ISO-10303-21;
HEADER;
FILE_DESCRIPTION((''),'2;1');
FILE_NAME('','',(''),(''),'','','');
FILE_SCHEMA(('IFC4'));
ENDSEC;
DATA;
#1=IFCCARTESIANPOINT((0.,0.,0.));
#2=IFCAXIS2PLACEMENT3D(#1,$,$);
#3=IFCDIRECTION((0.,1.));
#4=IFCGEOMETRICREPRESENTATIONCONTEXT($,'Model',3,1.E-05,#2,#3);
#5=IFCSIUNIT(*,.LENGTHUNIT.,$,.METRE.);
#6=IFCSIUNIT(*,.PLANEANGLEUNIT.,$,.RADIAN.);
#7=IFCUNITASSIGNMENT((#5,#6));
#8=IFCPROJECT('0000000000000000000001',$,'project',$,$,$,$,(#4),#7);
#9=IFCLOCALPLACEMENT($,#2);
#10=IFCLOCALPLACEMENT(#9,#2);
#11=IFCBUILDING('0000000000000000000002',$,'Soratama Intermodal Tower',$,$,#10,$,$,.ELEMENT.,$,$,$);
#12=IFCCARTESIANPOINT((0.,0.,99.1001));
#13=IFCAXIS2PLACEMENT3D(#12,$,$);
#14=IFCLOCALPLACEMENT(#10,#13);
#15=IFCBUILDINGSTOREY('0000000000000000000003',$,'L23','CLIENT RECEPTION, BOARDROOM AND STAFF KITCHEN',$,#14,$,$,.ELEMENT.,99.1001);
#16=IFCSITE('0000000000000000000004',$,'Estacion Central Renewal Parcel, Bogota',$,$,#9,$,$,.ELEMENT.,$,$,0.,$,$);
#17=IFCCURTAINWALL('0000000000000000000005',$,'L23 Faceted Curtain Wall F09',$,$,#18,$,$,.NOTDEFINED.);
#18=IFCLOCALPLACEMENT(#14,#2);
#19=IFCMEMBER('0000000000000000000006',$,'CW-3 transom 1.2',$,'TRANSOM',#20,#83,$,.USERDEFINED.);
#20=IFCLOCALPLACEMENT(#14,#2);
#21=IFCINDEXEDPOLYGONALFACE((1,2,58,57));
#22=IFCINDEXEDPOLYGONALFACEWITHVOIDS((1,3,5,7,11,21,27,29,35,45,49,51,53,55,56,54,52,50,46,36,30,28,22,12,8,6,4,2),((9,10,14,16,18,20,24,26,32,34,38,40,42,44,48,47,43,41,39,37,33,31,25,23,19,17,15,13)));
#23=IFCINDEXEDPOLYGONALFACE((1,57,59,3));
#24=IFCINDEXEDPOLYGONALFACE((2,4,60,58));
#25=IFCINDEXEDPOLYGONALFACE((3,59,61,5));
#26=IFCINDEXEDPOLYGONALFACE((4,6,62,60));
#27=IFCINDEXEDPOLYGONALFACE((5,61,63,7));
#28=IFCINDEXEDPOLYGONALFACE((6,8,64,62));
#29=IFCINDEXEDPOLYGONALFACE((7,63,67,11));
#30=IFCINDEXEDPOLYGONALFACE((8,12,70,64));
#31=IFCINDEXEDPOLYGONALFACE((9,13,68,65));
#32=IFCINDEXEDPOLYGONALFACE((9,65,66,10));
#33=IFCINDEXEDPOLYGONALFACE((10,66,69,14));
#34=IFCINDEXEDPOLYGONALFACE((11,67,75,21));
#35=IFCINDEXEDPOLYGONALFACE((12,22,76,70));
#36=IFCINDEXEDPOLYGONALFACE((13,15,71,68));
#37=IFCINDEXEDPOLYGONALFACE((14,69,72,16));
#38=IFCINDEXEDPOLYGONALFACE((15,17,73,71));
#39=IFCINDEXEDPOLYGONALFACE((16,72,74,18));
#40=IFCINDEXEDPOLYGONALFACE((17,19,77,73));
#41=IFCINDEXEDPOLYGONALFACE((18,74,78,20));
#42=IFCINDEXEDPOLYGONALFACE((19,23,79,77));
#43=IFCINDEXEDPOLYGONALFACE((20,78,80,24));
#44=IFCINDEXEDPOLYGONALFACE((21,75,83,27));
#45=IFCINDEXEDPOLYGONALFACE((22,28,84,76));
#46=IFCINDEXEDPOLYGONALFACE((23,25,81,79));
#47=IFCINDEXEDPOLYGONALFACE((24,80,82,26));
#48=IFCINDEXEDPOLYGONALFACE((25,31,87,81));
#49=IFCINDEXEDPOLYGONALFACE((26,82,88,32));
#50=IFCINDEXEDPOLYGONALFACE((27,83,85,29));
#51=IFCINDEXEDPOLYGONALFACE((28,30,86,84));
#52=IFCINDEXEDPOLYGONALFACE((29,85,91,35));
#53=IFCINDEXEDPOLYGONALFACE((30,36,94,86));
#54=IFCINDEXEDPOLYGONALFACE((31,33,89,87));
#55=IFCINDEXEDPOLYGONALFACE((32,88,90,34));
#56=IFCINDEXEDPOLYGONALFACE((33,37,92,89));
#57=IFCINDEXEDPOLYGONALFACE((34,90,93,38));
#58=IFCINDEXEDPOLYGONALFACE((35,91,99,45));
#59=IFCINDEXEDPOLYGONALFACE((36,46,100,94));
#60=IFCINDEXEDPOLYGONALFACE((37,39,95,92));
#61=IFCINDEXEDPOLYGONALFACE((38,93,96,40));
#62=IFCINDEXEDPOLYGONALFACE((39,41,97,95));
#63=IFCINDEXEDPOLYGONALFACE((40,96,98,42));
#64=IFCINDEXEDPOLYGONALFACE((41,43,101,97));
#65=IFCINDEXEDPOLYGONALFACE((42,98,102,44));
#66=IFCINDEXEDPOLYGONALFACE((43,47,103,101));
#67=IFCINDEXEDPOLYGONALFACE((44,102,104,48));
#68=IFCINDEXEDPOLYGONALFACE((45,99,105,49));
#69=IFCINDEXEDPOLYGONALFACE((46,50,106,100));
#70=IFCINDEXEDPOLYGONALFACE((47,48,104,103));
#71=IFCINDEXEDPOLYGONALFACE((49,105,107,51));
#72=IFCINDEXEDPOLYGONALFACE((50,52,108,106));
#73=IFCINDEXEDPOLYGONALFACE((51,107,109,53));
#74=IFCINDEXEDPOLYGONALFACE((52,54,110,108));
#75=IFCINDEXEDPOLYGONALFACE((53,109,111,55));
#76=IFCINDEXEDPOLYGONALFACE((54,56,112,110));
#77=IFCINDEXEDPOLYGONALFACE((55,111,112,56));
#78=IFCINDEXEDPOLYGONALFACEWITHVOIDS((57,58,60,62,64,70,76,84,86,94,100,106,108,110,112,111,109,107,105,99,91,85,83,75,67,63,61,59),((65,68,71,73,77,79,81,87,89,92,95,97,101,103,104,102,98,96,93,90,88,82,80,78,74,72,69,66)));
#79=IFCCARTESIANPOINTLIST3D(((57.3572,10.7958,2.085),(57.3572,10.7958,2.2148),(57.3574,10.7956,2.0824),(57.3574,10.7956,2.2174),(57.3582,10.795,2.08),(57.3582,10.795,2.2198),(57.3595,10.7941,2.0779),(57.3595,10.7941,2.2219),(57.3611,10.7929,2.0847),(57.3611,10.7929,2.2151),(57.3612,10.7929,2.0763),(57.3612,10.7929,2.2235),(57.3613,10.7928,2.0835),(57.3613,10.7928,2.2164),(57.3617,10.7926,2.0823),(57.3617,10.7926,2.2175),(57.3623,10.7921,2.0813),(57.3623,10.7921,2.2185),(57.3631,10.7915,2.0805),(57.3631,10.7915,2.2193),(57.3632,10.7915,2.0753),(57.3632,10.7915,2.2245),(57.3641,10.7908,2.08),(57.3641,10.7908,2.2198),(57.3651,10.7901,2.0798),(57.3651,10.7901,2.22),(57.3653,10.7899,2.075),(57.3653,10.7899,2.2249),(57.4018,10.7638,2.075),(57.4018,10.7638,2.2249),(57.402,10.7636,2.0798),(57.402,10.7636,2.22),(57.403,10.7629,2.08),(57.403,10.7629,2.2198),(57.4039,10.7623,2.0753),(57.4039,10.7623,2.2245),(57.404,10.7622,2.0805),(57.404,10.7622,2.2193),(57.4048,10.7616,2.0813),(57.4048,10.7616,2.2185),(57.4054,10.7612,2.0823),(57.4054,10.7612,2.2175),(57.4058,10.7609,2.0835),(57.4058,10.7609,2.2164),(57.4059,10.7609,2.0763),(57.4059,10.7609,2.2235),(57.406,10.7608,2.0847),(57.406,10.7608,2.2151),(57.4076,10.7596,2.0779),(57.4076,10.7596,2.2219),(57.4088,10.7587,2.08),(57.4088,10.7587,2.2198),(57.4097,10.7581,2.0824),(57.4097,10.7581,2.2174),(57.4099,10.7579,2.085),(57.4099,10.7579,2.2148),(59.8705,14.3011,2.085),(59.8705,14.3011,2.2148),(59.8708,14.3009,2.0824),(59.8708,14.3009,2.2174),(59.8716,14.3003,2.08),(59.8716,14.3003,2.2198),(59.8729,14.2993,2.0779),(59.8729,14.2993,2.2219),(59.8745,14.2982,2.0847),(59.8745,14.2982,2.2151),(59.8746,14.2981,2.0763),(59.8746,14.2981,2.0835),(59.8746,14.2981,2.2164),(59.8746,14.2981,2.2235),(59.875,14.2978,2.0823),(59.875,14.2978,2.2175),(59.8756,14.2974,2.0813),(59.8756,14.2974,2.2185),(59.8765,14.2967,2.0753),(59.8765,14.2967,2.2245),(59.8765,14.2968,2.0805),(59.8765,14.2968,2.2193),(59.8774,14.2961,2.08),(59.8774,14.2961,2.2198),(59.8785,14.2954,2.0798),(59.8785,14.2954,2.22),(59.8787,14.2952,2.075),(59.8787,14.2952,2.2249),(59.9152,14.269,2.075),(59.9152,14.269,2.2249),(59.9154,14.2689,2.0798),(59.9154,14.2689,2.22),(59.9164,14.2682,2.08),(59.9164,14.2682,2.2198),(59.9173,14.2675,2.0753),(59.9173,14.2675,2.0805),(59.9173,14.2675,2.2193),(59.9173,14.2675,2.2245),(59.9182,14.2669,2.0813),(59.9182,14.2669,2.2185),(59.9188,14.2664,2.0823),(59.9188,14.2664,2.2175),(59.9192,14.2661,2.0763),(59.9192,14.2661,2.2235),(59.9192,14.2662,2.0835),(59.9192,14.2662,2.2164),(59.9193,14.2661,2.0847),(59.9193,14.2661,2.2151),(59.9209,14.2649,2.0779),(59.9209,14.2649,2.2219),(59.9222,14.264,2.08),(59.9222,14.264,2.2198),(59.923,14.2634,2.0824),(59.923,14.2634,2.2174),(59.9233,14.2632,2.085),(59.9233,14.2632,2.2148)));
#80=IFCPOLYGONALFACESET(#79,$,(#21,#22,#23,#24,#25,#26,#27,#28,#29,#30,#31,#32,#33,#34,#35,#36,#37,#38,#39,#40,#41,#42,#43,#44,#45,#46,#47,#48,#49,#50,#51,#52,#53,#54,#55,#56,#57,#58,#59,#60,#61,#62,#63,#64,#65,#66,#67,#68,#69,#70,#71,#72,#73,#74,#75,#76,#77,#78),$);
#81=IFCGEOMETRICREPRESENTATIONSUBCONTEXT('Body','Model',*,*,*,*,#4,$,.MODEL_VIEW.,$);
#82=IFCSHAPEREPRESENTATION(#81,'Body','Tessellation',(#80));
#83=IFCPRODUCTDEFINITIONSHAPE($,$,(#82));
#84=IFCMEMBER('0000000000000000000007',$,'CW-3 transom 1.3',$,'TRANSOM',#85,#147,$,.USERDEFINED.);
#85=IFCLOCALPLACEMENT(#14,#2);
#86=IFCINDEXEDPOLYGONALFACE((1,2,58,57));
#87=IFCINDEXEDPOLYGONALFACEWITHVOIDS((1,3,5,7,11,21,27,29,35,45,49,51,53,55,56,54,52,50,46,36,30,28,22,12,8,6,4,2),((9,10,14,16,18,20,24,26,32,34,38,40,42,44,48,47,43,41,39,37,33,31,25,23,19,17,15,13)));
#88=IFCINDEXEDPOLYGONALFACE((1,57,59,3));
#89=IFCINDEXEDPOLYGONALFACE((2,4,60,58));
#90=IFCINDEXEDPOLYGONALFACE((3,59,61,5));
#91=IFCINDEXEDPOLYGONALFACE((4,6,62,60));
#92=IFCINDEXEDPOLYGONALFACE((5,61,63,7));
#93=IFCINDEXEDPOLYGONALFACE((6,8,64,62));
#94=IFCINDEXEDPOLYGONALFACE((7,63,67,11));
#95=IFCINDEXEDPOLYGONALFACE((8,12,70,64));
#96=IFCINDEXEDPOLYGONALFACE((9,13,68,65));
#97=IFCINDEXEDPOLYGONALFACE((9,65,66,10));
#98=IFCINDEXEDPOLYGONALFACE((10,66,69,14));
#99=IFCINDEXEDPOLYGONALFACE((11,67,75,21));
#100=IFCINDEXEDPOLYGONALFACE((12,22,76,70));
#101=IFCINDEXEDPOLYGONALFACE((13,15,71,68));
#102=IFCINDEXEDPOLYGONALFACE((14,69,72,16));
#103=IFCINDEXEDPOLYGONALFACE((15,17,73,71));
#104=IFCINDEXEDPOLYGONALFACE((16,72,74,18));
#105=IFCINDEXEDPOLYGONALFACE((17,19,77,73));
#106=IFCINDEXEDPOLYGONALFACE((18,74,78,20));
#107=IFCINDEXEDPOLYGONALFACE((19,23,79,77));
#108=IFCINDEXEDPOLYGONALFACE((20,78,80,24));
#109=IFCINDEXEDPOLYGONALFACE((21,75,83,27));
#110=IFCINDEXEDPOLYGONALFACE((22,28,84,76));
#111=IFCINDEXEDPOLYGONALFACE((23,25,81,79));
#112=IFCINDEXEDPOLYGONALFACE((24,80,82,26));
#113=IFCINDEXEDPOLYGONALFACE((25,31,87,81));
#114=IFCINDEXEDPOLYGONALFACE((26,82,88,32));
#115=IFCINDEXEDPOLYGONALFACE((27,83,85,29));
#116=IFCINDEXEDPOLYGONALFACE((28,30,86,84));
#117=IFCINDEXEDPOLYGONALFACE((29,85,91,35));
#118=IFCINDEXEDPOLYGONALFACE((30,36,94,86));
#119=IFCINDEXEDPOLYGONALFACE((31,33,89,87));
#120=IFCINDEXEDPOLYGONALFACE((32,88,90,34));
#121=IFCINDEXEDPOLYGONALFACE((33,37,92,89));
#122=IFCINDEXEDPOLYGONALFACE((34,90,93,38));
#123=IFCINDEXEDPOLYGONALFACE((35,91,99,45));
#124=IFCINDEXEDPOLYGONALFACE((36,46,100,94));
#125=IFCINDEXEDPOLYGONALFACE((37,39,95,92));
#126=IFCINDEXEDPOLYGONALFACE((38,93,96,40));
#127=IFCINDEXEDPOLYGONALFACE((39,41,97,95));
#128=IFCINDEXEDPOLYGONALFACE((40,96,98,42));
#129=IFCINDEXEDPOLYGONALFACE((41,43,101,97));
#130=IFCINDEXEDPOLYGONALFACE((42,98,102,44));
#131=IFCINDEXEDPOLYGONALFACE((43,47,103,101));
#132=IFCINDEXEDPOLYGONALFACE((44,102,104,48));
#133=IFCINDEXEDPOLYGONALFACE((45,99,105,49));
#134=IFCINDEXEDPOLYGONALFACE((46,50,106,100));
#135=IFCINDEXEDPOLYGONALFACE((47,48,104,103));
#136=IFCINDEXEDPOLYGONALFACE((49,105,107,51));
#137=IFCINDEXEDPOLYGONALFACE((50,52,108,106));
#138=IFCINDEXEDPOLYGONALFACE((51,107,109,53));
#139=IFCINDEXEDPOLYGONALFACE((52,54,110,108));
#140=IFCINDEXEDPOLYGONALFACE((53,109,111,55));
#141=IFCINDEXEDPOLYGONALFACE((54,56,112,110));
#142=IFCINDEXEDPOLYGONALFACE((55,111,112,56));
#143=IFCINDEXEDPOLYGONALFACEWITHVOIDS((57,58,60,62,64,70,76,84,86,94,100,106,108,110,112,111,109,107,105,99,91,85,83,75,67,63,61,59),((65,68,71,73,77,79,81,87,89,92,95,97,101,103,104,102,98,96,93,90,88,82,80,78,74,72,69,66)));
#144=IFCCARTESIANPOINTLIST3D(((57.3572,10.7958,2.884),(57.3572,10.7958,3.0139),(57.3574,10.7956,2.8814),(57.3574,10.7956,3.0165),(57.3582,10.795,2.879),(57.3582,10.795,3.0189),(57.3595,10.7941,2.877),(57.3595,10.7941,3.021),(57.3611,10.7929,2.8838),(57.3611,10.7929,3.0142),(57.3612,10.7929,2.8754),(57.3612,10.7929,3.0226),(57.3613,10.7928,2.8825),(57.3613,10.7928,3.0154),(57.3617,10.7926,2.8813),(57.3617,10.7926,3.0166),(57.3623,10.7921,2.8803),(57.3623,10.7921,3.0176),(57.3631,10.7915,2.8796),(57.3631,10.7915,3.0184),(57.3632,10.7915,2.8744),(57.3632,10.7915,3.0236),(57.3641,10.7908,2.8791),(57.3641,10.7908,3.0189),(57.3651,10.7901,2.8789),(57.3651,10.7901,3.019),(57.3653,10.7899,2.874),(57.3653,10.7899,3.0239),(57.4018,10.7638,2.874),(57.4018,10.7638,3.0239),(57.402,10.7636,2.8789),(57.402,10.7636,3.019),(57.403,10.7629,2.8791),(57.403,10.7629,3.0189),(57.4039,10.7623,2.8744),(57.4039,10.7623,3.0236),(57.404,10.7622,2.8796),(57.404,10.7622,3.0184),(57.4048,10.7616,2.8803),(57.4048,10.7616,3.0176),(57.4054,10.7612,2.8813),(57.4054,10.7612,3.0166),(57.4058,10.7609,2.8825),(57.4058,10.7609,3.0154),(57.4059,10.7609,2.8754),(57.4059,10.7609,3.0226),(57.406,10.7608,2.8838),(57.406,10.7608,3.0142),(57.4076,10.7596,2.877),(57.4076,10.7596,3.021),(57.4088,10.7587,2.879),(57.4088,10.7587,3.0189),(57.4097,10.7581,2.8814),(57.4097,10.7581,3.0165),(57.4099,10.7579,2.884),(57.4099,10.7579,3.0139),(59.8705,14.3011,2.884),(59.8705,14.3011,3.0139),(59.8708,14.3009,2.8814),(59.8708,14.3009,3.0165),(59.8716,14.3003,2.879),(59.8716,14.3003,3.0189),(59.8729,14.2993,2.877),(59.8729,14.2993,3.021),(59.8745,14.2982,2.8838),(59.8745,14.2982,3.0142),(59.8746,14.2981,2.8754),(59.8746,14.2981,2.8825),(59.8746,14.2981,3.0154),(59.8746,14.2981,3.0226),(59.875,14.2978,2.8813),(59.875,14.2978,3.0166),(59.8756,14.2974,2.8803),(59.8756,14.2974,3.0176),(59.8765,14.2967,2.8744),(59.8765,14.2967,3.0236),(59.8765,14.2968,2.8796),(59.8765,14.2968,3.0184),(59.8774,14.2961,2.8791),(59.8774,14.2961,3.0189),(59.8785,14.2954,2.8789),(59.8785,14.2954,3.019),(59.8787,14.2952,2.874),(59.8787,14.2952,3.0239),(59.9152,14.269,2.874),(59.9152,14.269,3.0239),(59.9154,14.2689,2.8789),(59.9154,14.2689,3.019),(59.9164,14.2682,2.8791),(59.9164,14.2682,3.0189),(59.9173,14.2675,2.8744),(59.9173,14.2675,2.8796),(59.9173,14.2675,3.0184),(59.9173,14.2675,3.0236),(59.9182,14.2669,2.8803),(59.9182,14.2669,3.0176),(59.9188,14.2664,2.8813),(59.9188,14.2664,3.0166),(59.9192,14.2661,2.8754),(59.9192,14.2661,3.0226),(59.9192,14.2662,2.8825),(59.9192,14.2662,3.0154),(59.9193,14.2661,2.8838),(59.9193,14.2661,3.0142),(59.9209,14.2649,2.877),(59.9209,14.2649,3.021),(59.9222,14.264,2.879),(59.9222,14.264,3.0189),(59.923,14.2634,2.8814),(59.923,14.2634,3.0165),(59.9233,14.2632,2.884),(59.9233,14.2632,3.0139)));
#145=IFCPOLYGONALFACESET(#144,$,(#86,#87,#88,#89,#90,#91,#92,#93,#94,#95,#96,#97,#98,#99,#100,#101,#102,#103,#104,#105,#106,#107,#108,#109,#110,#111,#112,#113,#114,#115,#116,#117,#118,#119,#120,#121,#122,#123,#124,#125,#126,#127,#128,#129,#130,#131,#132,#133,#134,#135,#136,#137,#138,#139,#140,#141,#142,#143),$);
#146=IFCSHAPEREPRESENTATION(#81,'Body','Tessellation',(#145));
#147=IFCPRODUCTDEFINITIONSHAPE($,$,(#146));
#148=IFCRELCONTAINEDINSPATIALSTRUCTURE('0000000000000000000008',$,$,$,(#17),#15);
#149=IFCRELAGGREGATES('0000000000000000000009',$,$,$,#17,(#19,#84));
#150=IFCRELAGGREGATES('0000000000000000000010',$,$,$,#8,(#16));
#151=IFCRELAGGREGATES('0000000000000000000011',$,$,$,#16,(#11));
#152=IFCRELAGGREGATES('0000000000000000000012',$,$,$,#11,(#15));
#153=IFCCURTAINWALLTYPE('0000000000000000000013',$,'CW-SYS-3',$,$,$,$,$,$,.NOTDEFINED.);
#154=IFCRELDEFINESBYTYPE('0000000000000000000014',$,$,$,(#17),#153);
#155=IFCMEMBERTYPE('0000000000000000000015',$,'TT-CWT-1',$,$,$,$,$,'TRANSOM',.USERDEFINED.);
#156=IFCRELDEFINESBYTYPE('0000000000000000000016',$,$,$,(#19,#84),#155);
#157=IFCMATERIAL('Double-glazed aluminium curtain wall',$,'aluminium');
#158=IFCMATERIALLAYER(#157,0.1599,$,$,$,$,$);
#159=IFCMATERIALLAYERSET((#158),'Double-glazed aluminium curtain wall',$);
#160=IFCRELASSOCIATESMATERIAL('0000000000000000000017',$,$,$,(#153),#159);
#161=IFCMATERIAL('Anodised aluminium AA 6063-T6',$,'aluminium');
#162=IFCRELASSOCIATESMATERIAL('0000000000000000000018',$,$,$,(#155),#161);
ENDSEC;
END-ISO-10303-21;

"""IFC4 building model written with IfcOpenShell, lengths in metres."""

from ifc_helpers import new_model, si_unit, direction, frame, origin, origin_2d, place, context, subcontext, project, spatial, hollow_rectangle, extrude, material, layer, layer_set, material_profile, profile_set, type_object, element, aggregate, save


model = new_model("IFC4")

# Units and contexts
model_context = context("Model", 3, precision=1e-05, world=origin(), true_north=direction((0.0, 1.0)))
body_context = subcontext(model_context, "Body", "Model", "MODEL_VIEW")
ifc_project = project(units=[si_unit("LENGTHUNIT", "METRE"), si_unit("PLANEANGLEUNIT", "RADIAN")], contexts=[model_context])

# Site, building, storey
site_placement = place(None, origin())
site = spatial("IfcSite", under=ifc_project, at=site_placement, Name="Estacion Central Renewal Parcel, Bogota", CompositionType="ELEMENT", RefElevation=0.0)
building_placement = place(site_placement, origin())
building = spatial("IfcBuilding", under=site, at=building_placement, Name="Soratama Intermodal Tower", CompositionType="ELEMENT")
storey_placement = place(building_placement, frame((0.0, 0.0, 99.1001)))
storey = spatial("IfcBuildingStorey", under=building, at=storey_placement, Name="L23", Description="CLIENT RECEPTION, BOARDROOM AND STAFF KITCHEN", CompositionType="ELEMENT", Elevation=99.1001)

# Curtain wall, members
ifc_material_1 = material(Name="Double-glazed aluminium curtain wall", Category="aluminium")
ifc_layer_1 = layer(ifc_material_1, 0.1599)
ifc_layer_set_1 = layer_set([ifc_layer_1], Name="Double-glazed aluminium curtain wall")
curtain_wall_type = type_object("IfcCurtainWallType", Name="CW-SYS-3", PredefinedType="NOTDEFINED", material=ifc_layer_set_1)
curtain_wall_placement = place(storey_placement, origin())
curtain_wall = element("IfcCurtainWall", 1, at=curtain_wall_placement, inside=storey, type_object=curtain_wall_type, Name="L23 Faceted Curtain Wall F09", PredefinedType="NOTDEFINED")
ifc_material_2 = material(Name="Anodised aluminium AA 6063-T6", Category="aluminium")
ifc_material_profile_1 = material_profile(ifc_material_2, hollow_rectangle(XDim=0.0649, YDim=0.1499, WallThickness=0.0049, InnerFilletRadius=0.0049, OuterFilletRadius=0.01, at=origin_2d()), Name="CWT150X65X5")
ifc_profile_set_1 = profile_set([ifc_material_profile_1], Name="Anodised aluminium AA 6063-T6")
member_type_1 = type_object("IfcMemberType", Name="TT-CWT-1", ElementType="TRANSOM", PredefinedType="USERDEFINED", material=ifc_profile_set_1)
member_1_placement = place(storey_placement, frame((57.3835, 10.7769, 2.1499), z_axis=(0.58271, 0.81268, 0.0), x_axis=(-0.81268, 0.58271, 0.0)))
member_1 = element("IfcMember", 2, at=member_1_placement, type_object=member_type_1, Name="CW-3 transom 1.2", ObjectType="TRANSOM", PredefinedType="USERDEFINED", context=body_context, shape_type="SweptSolid", body=[
    extrude(hollow_rectangle(XDim=0.0649, YDim=0.1499, WallThickness=0.0049, InnerFilletRadius=0.0049, OuterFilletRadius=0.01, at=origin_2d()), origin(), (0.0, 0.0, 1.0), 4.3132),
])
member_2_placement = place(storey_placement, frame((57.3835, 10.7769, 2.949), z_axis=(0.58271, 0.81268, 0.0), x_axis=(-0.81268, 0.58271, 0.0)))
member_2 = element("IfcMember", 3, at=member_2_placement, type_object=member_type_1, Name="CW-3 transom 1.3", ObjectType="TRANSOM", PredefinedType="USERDEFINED", context=body_context, shape_type="SweptSolid", body=[
    extrude(hollow_rectangle(XDim=0.0649, YDim=0.1499, WallThickness=0.0049, InnerFilletRadius=0.0049, OuterFilletRadius=0.01, at=origin_2d()), origin(), (0.0, 0.0, 1.0), 4.3132),
])
aggregate(curtain_wall, [member_1, member_2])

save(model, "model.ifc")
